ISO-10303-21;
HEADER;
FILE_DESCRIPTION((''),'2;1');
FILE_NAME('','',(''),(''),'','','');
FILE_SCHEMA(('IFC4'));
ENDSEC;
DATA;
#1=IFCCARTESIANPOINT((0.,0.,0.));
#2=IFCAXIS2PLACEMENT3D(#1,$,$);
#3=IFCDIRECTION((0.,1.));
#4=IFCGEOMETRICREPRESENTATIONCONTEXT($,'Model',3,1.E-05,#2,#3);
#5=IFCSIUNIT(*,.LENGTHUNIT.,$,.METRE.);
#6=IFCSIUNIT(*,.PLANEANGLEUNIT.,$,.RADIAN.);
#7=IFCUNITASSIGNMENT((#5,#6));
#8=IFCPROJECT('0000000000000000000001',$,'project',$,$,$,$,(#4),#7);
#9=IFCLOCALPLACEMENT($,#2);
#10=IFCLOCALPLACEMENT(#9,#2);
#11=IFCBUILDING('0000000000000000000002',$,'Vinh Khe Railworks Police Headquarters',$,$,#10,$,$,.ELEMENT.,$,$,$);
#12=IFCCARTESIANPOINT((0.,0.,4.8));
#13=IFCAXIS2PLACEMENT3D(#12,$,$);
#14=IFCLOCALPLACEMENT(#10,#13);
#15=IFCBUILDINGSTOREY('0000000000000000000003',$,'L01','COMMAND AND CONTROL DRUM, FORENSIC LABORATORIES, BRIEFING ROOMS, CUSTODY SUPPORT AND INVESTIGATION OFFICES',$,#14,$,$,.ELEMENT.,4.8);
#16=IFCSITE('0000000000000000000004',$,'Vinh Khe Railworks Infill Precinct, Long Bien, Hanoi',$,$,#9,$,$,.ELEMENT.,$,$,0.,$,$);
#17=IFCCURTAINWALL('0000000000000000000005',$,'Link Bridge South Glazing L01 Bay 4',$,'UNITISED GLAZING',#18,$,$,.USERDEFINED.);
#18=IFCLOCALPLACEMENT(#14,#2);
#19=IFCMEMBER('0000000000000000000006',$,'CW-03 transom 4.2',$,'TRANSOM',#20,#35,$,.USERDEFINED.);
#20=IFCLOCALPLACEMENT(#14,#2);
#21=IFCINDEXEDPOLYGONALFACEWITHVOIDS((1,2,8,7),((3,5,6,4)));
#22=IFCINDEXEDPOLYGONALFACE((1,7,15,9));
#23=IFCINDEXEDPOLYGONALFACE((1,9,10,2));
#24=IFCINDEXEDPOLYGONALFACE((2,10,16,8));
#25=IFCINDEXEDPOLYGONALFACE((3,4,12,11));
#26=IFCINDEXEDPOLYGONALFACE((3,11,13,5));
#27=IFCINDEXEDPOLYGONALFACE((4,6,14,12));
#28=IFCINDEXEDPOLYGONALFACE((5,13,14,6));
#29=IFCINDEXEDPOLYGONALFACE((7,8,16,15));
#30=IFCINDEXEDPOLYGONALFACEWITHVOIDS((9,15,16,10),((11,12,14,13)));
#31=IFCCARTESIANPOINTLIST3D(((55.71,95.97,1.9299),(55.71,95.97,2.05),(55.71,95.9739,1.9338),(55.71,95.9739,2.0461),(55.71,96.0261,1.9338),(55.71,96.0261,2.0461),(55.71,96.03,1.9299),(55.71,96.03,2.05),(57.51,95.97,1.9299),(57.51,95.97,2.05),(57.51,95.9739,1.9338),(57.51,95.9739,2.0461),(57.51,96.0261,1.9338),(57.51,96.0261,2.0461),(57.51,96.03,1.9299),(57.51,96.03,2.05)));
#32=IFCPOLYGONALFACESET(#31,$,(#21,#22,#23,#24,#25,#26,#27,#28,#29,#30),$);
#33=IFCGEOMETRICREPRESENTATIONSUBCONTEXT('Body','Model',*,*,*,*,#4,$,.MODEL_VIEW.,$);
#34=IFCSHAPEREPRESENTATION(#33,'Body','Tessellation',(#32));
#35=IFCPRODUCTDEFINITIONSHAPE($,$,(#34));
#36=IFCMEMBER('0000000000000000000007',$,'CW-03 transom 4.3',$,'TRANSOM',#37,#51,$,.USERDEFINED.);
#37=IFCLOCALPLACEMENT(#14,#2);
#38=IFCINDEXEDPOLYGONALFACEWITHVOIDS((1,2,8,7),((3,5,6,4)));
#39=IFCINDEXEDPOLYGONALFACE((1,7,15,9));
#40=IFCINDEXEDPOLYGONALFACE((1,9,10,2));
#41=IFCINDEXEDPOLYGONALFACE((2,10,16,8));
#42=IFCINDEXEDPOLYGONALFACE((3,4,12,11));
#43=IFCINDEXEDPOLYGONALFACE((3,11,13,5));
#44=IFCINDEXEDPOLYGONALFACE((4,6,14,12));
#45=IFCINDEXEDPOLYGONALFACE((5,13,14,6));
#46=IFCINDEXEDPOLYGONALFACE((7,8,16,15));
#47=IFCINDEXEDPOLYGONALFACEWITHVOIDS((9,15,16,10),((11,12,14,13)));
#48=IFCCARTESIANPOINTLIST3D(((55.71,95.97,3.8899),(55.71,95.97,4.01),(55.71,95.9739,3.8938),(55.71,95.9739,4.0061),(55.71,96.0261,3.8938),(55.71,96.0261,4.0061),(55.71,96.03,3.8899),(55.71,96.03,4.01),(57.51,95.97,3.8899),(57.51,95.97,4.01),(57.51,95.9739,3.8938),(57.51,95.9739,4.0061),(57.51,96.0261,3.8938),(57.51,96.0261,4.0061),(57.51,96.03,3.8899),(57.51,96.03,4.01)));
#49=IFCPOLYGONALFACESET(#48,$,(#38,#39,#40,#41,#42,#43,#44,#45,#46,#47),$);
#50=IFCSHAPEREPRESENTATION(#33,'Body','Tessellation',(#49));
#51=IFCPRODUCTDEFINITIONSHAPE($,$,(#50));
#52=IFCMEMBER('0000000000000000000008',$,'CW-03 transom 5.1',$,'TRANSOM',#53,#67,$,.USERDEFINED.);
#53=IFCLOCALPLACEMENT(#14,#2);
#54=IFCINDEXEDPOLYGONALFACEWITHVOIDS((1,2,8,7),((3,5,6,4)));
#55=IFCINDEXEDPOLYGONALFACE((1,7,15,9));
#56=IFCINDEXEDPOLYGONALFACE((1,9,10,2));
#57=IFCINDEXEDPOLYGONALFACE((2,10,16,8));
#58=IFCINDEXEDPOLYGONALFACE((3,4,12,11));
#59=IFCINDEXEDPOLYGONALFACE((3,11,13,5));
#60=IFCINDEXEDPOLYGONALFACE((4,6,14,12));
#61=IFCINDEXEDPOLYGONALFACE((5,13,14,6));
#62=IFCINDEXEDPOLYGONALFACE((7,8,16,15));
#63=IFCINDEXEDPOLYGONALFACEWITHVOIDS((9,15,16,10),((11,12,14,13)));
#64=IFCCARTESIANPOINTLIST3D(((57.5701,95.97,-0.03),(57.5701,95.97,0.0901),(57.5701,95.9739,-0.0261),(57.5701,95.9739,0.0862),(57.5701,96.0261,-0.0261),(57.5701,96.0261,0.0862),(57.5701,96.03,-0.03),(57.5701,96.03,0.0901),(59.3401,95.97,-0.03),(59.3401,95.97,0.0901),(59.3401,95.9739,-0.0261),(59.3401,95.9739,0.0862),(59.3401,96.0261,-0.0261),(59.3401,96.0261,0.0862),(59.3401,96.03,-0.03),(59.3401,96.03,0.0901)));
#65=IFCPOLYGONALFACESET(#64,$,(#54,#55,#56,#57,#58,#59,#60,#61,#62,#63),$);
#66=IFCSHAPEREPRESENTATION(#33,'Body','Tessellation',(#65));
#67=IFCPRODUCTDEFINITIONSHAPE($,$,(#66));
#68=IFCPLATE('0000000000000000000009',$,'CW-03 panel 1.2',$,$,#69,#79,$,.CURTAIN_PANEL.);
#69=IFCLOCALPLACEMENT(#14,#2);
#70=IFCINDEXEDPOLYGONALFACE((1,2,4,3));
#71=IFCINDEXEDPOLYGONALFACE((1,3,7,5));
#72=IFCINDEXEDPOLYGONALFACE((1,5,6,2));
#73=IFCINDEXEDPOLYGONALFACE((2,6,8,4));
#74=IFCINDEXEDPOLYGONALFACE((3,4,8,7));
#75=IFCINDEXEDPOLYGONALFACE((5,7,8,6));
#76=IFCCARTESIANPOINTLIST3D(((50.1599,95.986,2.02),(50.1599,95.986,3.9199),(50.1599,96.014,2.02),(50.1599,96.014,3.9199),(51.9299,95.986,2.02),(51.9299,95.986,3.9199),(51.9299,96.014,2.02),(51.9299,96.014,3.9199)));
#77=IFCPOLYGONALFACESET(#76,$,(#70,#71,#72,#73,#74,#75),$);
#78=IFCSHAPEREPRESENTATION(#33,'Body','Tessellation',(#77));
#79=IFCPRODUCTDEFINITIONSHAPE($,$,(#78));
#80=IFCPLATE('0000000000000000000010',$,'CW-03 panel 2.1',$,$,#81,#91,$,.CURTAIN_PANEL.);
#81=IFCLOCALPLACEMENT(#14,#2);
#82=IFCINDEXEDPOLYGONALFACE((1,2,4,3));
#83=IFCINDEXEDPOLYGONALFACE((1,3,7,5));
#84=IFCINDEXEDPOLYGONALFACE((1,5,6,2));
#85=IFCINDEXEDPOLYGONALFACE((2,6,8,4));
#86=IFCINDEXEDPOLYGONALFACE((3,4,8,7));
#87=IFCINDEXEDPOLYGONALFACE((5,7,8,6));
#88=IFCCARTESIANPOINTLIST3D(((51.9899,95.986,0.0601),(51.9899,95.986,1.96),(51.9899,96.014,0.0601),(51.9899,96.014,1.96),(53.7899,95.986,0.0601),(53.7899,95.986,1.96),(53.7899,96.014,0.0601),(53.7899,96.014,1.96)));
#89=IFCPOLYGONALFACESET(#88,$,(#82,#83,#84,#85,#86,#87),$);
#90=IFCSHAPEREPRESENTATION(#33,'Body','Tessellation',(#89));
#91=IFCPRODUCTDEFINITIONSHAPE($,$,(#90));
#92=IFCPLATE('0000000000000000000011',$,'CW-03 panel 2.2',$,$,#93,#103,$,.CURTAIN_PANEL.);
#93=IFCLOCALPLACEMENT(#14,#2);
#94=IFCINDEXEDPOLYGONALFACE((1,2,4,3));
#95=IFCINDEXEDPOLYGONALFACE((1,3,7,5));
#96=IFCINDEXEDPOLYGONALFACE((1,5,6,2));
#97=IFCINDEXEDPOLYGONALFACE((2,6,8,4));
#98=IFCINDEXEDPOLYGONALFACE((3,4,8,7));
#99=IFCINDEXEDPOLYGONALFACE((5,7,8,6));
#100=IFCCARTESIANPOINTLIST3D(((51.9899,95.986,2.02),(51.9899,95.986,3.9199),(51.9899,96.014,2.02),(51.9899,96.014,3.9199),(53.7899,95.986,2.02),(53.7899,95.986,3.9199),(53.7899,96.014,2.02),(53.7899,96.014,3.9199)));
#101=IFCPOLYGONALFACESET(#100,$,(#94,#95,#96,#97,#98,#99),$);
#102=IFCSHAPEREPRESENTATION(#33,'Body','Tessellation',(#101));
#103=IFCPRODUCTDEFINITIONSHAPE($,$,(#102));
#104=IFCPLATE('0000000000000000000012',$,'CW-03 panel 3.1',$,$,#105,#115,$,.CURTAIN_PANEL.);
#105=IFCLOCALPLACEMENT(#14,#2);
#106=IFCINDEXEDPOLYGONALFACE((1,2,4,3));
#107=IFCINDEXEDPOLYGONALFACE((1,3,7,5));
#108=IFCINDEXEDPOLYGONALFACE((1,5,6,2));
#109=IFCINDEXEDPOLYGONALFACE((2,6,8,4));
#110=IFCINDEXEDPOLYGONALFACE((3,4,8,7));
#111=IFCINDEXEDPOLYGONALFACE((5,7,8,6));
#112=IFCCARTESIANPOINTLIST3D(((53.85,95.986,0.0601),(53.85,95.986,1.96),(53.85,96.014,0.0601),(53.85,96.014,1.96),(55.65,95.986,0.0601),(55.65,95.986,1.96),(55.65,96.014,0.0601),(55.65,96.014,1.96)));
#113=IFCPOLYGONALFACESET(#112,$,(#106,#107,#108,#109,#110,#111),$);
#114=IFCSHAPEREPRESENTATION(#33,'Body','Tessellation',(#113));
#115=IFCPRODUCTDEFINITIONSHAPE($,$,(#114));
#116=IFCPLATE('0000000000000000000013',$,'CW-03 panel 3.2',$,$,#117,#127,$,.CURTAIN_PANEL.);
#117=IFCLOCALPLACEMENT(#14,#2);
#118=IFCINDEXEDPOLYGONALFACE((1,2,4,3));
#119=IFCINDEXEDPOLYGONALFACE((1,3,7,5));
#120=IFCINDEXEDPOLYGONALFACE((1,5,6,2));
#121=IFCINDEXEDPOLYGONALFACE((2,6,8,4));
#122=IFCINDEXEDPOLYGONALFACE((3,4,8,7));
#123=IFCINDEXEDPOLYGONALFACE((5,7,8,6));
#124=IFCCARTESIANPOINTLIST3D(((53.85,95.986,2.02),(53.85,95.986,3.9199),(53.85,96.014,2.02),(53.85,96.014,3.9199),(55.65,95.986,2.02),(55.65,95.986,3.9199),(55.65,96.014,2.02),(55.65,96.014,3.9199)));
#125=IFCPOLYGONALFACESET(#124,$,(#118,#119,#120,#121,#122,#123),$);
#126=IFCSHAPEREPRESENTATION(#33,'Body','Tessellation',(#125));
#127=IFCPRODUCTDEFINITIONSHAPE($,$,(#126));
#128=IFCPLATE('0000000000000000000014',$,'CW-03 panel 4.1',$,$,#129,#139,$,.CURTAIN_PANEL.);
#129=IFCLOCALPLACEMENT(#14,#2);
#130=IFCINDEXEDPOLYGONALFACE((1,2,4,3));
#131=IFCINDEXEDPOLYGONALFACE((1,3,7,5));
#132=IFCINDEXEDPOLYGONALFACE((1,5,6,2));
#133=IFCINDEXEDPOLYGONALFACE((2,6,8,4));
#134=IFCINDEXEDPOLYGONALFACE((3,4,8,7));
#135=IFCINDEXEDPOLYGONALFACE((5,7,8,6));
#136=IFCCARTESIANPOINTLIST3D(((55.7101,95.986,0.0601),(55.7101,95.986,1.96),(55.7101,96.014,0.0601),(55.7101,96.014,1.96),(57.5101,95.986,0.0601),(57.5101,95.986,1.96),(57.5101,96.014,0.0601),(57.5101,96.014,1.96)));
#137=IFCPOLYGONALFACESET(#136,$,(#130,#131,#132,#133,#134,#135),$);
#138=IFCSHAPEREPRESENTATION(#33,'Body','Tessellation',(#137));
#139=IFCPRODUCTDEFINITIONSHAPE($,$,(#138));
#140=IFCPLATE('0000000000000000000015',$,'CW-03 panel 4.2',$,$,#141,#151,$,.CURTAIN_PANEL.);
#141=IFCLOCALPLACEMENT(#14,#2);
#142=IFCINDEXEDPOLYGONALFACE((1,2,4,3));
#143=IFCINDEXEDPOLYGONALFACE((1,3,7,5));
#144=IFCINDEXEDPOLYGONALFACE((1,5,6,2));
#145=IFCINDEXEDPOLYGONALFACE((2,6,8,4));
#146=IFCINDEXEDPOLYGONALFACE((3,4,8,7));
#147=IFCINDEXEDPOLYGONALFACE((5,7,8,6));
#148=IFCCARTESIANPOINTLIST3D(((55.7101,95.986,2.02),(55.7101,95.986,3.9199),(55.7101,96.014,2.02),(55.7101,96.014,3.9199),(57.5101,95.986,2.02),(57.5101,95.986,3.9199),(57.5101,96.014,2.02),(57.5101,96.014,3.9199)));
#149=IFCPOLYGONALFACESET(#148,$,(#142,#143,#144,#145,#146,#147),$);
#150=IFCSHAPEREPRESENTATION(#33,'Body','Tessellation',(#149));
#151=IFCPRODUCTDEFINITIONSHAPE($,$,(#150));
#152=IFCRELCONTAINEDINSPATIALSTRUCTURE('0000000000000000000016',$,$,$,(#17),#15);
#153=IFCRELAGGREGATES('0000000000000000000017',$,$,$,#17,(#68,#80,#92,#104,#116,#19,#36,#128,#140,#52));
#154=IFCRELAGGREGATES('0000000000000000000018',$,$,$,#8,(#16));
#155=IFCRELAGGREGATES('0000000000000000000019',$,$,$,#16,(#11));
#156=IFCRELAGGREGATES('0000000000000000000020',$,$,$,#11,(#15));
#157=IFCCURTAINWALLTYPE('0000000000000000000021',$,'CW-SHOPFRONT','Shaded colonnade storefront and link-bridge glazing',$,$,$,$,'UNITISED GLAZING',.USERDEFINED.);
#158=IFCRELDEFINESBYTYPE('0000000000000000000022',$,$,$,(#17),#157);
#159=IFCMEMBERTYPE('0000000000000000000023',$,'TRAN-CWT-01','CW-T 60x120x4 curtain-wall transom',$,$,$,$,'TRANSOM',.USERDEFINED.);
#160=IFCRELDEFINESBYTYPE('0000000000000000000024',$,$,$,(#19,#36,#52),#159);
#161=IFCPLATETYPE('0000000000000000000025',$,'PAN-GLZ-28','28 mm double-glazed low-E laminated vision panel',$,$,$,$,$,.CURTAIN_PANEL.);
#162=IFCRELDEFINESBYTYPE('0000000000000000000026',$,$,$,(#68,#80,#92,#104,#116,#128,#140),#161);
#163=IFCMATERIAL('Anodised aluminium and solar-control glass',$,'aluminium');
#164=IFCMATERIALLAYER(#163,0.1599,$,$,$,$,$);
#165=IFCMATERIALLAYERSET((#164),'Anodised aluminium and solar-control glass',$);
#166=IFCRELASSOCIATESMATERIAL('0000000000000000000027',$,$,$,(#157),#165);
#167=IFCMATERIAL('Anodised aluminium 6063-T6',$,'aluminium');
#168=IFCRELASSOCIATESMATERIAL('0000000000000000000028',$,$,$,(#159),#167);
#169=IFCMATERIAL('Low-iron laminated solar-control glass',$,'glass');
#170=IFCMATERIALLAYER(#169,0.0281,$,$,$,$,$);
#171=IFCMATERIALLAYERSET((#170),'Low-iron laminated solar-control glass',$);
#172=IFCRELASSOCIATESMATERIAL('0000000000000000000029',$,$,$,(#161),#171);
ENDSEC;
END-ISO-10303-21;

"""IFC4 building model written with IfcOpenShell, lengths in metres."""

from ifc_helpers import new_model, si_unit, direction, frame, origin, origin_2d, place, context, subcontext, project, spatial, rectangle, hollow_rectangle, extrude, material, layer, layer_set, material_profile, profile_set, type_object, element, aggregate, save


model = new_model("IFC4")

# Units and contexts
model_context = context("Model", 3, precision=1e-05, world=origin(), true_north=direction((0.0, 1.0)))
body_context = subcontext(model_context, "Body", "Model", "MODEL_VIEW")
ifc_project = project(units=[si_unit("LENGTHUNIT", "METRE"), si_unit("PLANEANGLEUNIT", "RADIAN")], contexts=[model_context])

# Site, building, storey
site_placement = place(None, origin())
site = spatial("IfcSite", under=ifc_project, at=site_placement, Name="Vinh Khe Railworks Infill Precinct, Long Bien, Hanoi", CompositionType="ELEMENT", RefElevation=0.0)
building_placement = place(site_placement, origin())
building = spatial("IfcBuilding", under=site, at=building_placement, Name="Vinh Khe Railworks Police Headquarters", CompositionType="ELEMENT")
storey_placement = place(building_placement, frame((0.0, 0.0, 4.8)))
storey = spatial("IfcBuildingStorey", under=building, at=storey_placement, Name="L01", Description="COMMAND AND CONTROL DRUM, FORENSIC LABORATORIES, BRIEFING ROOMS, CUSTODY SUPPORT AND INVESTIGATION OFFICES", CompositionType="ELEMENT", Elevation=4.8)

# Curtain wall, members, plates
ifc_material_1 = material(Name="Anodised aluminium and solar-control glass", Category="aluminium")
ifc_layer_1 = layer(ifc_material_1, 0.1599)
ifc_layer_set_1 = layer_set([ifc_layer_1], Name="Anodised aluminium and solar-control glass")
curtain_wall_type = type_object("IfcCurtainWallType", Name="CW-SHOPFRONT", Description="Shaded colonnade storefront and link-bridge glazing", ElementType="UNITISED GLAZING", PredefinedType="USERDEFINED", material=ifc_layer_set_1)
curtain_wall_placement = place(storey_placement, origin())
curtain_wall = element("IfcCurtainWall", 1, at=curtain_wall_placement, inside=storey, type_object=curtain_wall_type, Name="Link Bridge South Glazing L01 Bay 4", ObjectType="UNITISED GLAZING", PredefinedType="USERDEFINED")
ifc_material_2 = material(Name="Anodised aluminium 6063-T6", Category="aluminium")
ifc_material_profile_1 = material_profile(ifc_material_2, hollow_rectangle(XDim=0.0601, YDim=0.1201, WallThickness=0.0039, at=origin_2d()), Name="CW-T 60x120x4")
ifc_profile_set_1 = profile_set([ifc_material_profile_1], Name="Anodised aluminium 6063-T6")
member_type_1 = type_object("IfcMemberType", Name="TRAN-CWT-01", Description="CW-T 60x120x4 curtain-wall transom", ElementType="TRANSOM", PredefinedType="USERDEFINED", material=ifc_profile_set_1)
member_1_placement = place(storey_placement, frame((55.71, 96.0, 1.99), z_axis=(1.0, 0.0, 0.0), x_axis=(0.0, 1.0, 0.0)))
member_1 = element("IfcMember", 2, at=member_1_placement, type_object=member_type_1, Name="CW-03 transom 4.2", ObjectType="TRANSOM", PredefinedType="USERDEFINED", context=body_context, shape_type="SweptSolid", body=[
    extrude(hollow_rectangle(XDim=0.0601, YDim=0.1201, WallThickness=0.0039, at=origin_2d()), origin(), (0.0, 0.0, 1.0), 1.8),
])
member_2_placement = place(storey_placement, frame((55.71, 96.0, 3.95), z_axis=(1.0, 0.0, 0.0), x_axis=(0.0, 1.0, 0.0)))
member_2 = element("IfcMember", 3, at=member_2_placement, type_object=member_type_1, Name="CW-03 transom 4.3", ObjectType="TRANSOM", PredefinedType="USERDEFINED", context=body_context, shape_type="SweptSolid", body=[
    extrude(hollow_rectangle(XDim=0.0601, YDim=0.1201, WallThickness=0.0039, at=origin_2d()), origin(), (0.0, 0.0, 1.0), 1.8),
])
member_3_placement = place(storey_placement, frame((57.5701, 96.0, 0.03), z_axis=(1.0, 0.0, 0.0), x_axis=(0.0, 1.0, 0.0)))
member_3 = element("IfcMember", 4, at=member_3_placement, type_object=member_type_1, Name="CW-03 transom 5.1", ObjectType="TRANSOM", PredefinedType="USERDEFINED", context=body_context, shape_type="SweptSolid", body=[
    extrude(hollow_rectangle(XDim=0.0601, YDim=0.1201, WallThickness=0.0039, at=origin_2d()), origin(), (0.0, 0.0, 1.0), 1.77),
])
ifc_material_3 = material(Name="Low-iron laminated solar-control glass", Category="glass")
ifc_layer_2 = layer(ifc_material_3, 0.0281)
ifc_layer_set_2 = layer_set([ifc_layer_2], Name="Low-iron laminated solar-control glass")
plate_type = type_object("IfcPlateType", Name="PAN-GLZ-28", Description="28 mm double-glazed low-E laminated vision panel", PredefinedType="CURTAIN_PANEL", material=ifc_layer_set_2)
plate_1_placement = place(storey_placement, frame((51.0449, 96.0, 2.02), z_axis=(0.0, 0.0, 1.0), x_axis=(1.0, 0.0, 0.0)))
plate_1 = element("IfcPlate", 5, at=plate_1_placement, type_object=plate_type, Name="CW-03 panel 1.2", PredefinedType="CURTAIN_PANEL", context=body_context, shape_type="SweptSolid", body=[
    extrude(rectangle(XDim=1.77, YDim=0.0281, at=origin_2d()), origin(), (0.0, 0.0, 1.0), 1.8999),
])
plate_2_placement = place(storey_placement, frame((52.8899, 96.0, 0.0601), z_axis=(0.0, 0.0, 1.0), x_axis=(1.0, 0.0, 0.0)))
plate_2 = element("IfcPlate", 6, at=plate_2_placement, type_object=plate_type, Name="CW-03 panel 2.1", PredefinedType="CURTAIN_PANEL", context=body_context, shape_type="SweptSolid", body=[
    extrude(rectangle(XDim=1.8, YDim=0.0281, at=origin_2d()), origin(), (0.0, 0.0, 1.0), 1.8999),
])
plate_3_placement = place(storey_placement, frame((52.8899, 96.0, 2.02), z_axis=(0.0, 0.0, 1.0), x_axis=(1.0, 0.0, 0.0)))
plate_3 = element("IfcPlate", 7, at=plate_3_placement, type_object=plate_type, Name="CW-03 panel 2.2", PredefinedType="CURTAIN_PANEL", context=body_context, shape_type="SweptSolid", body=[
    extrude(rectangle(XDim=1.8, YDim=0.0281, at=origin_2d()), origin(), (0.0, 0.0, 1.0), 1.8999),
])
plate_4_placement = place(storey_placement, frame((54.75, 96.0, 0.0601), z_axis=(0.0, 0.0, 1.0), x_axis=(1.0, 0.0, 0.0)))
plate_4 = element("IfcPlate", 8, at=plate_4_placement, type_object=plate_type, Name="CW-03 panel 3.1", PredefinedType="CURTAIN_PANEL", context=body_context, shape_type="SweptSolid", body=[
    extrude(rectangle(XDim=1.8, YDim=0.0281, at=origin_2d()), origin(), (0.0, 0.0, 1.0), 1.8999),
])
plate_5_placement = place(storey_placement, frame((54.75, 96.0, 2.02), z_axis=(0.0, 0.0, 1.0), x_axis=(1.0, 0.0, 0.0)))
plate_5 = element("IfcPlate", 9, at=plate_5_placement, type_object=plate_type, Name="CW-03 panel 3.2", PredefinedType="CURTAIN_PANEL", context=body_context, shape_type="SweptSolid", body=[
    extrude(rectangle(XDim=1.8, YDim=0.0281, at=origin_2d()), origin(), (0.0, 0.0, 1.0), 1.8999),
])
plate_6_placement = place(storey_placement, frame((56.6101, 96.0, 0.0601), z_axis=(0.0, 0.0, 1.0), x_axis=(1.0, 0.0, 0.0)))
plate_6 = element("IfcPlate", 10, at=plate_6_placement, type_object=plate_type, Name="CW-03 panel 4.1", PredefinedType="CURTAIN_PANEL", context=body_context, shape_type="SweptSolid", body=[
    extrude(rectangle(XDim=1.8, YDim=0.0281, at=origin_2d()), origin(), (0.0, 0.0, 1.0), 1.8999),
])
plate_7_placement = place(storey_placement, frame((56.6101, 96.0, 2.02), z_axis=(0.0, 0.0, 1.0), x_axis=(1.0, 0.0, 0.0)))
plate_7 = element("IfcPlate", 11, at=plate_7_placement, type_object=plate_type, Name="CW-03 panel 4.2", PredefinedType="CURTAIN_PANEL", context=body_context, shape_type="SweptSolid", body=[
    extrude(rectangle(XDim=1.8, YDim=0.0281, at=origin_2d()), origin(), (0.0, 0.0, 1.0), 1.8999),
])
aggregate(curtain_wall, [plate_1, plate_2, plate_3, plate_4, plate_5, member_1, member_2, plate_6, plate_7, member_3])

save(model, "model.ifc")
